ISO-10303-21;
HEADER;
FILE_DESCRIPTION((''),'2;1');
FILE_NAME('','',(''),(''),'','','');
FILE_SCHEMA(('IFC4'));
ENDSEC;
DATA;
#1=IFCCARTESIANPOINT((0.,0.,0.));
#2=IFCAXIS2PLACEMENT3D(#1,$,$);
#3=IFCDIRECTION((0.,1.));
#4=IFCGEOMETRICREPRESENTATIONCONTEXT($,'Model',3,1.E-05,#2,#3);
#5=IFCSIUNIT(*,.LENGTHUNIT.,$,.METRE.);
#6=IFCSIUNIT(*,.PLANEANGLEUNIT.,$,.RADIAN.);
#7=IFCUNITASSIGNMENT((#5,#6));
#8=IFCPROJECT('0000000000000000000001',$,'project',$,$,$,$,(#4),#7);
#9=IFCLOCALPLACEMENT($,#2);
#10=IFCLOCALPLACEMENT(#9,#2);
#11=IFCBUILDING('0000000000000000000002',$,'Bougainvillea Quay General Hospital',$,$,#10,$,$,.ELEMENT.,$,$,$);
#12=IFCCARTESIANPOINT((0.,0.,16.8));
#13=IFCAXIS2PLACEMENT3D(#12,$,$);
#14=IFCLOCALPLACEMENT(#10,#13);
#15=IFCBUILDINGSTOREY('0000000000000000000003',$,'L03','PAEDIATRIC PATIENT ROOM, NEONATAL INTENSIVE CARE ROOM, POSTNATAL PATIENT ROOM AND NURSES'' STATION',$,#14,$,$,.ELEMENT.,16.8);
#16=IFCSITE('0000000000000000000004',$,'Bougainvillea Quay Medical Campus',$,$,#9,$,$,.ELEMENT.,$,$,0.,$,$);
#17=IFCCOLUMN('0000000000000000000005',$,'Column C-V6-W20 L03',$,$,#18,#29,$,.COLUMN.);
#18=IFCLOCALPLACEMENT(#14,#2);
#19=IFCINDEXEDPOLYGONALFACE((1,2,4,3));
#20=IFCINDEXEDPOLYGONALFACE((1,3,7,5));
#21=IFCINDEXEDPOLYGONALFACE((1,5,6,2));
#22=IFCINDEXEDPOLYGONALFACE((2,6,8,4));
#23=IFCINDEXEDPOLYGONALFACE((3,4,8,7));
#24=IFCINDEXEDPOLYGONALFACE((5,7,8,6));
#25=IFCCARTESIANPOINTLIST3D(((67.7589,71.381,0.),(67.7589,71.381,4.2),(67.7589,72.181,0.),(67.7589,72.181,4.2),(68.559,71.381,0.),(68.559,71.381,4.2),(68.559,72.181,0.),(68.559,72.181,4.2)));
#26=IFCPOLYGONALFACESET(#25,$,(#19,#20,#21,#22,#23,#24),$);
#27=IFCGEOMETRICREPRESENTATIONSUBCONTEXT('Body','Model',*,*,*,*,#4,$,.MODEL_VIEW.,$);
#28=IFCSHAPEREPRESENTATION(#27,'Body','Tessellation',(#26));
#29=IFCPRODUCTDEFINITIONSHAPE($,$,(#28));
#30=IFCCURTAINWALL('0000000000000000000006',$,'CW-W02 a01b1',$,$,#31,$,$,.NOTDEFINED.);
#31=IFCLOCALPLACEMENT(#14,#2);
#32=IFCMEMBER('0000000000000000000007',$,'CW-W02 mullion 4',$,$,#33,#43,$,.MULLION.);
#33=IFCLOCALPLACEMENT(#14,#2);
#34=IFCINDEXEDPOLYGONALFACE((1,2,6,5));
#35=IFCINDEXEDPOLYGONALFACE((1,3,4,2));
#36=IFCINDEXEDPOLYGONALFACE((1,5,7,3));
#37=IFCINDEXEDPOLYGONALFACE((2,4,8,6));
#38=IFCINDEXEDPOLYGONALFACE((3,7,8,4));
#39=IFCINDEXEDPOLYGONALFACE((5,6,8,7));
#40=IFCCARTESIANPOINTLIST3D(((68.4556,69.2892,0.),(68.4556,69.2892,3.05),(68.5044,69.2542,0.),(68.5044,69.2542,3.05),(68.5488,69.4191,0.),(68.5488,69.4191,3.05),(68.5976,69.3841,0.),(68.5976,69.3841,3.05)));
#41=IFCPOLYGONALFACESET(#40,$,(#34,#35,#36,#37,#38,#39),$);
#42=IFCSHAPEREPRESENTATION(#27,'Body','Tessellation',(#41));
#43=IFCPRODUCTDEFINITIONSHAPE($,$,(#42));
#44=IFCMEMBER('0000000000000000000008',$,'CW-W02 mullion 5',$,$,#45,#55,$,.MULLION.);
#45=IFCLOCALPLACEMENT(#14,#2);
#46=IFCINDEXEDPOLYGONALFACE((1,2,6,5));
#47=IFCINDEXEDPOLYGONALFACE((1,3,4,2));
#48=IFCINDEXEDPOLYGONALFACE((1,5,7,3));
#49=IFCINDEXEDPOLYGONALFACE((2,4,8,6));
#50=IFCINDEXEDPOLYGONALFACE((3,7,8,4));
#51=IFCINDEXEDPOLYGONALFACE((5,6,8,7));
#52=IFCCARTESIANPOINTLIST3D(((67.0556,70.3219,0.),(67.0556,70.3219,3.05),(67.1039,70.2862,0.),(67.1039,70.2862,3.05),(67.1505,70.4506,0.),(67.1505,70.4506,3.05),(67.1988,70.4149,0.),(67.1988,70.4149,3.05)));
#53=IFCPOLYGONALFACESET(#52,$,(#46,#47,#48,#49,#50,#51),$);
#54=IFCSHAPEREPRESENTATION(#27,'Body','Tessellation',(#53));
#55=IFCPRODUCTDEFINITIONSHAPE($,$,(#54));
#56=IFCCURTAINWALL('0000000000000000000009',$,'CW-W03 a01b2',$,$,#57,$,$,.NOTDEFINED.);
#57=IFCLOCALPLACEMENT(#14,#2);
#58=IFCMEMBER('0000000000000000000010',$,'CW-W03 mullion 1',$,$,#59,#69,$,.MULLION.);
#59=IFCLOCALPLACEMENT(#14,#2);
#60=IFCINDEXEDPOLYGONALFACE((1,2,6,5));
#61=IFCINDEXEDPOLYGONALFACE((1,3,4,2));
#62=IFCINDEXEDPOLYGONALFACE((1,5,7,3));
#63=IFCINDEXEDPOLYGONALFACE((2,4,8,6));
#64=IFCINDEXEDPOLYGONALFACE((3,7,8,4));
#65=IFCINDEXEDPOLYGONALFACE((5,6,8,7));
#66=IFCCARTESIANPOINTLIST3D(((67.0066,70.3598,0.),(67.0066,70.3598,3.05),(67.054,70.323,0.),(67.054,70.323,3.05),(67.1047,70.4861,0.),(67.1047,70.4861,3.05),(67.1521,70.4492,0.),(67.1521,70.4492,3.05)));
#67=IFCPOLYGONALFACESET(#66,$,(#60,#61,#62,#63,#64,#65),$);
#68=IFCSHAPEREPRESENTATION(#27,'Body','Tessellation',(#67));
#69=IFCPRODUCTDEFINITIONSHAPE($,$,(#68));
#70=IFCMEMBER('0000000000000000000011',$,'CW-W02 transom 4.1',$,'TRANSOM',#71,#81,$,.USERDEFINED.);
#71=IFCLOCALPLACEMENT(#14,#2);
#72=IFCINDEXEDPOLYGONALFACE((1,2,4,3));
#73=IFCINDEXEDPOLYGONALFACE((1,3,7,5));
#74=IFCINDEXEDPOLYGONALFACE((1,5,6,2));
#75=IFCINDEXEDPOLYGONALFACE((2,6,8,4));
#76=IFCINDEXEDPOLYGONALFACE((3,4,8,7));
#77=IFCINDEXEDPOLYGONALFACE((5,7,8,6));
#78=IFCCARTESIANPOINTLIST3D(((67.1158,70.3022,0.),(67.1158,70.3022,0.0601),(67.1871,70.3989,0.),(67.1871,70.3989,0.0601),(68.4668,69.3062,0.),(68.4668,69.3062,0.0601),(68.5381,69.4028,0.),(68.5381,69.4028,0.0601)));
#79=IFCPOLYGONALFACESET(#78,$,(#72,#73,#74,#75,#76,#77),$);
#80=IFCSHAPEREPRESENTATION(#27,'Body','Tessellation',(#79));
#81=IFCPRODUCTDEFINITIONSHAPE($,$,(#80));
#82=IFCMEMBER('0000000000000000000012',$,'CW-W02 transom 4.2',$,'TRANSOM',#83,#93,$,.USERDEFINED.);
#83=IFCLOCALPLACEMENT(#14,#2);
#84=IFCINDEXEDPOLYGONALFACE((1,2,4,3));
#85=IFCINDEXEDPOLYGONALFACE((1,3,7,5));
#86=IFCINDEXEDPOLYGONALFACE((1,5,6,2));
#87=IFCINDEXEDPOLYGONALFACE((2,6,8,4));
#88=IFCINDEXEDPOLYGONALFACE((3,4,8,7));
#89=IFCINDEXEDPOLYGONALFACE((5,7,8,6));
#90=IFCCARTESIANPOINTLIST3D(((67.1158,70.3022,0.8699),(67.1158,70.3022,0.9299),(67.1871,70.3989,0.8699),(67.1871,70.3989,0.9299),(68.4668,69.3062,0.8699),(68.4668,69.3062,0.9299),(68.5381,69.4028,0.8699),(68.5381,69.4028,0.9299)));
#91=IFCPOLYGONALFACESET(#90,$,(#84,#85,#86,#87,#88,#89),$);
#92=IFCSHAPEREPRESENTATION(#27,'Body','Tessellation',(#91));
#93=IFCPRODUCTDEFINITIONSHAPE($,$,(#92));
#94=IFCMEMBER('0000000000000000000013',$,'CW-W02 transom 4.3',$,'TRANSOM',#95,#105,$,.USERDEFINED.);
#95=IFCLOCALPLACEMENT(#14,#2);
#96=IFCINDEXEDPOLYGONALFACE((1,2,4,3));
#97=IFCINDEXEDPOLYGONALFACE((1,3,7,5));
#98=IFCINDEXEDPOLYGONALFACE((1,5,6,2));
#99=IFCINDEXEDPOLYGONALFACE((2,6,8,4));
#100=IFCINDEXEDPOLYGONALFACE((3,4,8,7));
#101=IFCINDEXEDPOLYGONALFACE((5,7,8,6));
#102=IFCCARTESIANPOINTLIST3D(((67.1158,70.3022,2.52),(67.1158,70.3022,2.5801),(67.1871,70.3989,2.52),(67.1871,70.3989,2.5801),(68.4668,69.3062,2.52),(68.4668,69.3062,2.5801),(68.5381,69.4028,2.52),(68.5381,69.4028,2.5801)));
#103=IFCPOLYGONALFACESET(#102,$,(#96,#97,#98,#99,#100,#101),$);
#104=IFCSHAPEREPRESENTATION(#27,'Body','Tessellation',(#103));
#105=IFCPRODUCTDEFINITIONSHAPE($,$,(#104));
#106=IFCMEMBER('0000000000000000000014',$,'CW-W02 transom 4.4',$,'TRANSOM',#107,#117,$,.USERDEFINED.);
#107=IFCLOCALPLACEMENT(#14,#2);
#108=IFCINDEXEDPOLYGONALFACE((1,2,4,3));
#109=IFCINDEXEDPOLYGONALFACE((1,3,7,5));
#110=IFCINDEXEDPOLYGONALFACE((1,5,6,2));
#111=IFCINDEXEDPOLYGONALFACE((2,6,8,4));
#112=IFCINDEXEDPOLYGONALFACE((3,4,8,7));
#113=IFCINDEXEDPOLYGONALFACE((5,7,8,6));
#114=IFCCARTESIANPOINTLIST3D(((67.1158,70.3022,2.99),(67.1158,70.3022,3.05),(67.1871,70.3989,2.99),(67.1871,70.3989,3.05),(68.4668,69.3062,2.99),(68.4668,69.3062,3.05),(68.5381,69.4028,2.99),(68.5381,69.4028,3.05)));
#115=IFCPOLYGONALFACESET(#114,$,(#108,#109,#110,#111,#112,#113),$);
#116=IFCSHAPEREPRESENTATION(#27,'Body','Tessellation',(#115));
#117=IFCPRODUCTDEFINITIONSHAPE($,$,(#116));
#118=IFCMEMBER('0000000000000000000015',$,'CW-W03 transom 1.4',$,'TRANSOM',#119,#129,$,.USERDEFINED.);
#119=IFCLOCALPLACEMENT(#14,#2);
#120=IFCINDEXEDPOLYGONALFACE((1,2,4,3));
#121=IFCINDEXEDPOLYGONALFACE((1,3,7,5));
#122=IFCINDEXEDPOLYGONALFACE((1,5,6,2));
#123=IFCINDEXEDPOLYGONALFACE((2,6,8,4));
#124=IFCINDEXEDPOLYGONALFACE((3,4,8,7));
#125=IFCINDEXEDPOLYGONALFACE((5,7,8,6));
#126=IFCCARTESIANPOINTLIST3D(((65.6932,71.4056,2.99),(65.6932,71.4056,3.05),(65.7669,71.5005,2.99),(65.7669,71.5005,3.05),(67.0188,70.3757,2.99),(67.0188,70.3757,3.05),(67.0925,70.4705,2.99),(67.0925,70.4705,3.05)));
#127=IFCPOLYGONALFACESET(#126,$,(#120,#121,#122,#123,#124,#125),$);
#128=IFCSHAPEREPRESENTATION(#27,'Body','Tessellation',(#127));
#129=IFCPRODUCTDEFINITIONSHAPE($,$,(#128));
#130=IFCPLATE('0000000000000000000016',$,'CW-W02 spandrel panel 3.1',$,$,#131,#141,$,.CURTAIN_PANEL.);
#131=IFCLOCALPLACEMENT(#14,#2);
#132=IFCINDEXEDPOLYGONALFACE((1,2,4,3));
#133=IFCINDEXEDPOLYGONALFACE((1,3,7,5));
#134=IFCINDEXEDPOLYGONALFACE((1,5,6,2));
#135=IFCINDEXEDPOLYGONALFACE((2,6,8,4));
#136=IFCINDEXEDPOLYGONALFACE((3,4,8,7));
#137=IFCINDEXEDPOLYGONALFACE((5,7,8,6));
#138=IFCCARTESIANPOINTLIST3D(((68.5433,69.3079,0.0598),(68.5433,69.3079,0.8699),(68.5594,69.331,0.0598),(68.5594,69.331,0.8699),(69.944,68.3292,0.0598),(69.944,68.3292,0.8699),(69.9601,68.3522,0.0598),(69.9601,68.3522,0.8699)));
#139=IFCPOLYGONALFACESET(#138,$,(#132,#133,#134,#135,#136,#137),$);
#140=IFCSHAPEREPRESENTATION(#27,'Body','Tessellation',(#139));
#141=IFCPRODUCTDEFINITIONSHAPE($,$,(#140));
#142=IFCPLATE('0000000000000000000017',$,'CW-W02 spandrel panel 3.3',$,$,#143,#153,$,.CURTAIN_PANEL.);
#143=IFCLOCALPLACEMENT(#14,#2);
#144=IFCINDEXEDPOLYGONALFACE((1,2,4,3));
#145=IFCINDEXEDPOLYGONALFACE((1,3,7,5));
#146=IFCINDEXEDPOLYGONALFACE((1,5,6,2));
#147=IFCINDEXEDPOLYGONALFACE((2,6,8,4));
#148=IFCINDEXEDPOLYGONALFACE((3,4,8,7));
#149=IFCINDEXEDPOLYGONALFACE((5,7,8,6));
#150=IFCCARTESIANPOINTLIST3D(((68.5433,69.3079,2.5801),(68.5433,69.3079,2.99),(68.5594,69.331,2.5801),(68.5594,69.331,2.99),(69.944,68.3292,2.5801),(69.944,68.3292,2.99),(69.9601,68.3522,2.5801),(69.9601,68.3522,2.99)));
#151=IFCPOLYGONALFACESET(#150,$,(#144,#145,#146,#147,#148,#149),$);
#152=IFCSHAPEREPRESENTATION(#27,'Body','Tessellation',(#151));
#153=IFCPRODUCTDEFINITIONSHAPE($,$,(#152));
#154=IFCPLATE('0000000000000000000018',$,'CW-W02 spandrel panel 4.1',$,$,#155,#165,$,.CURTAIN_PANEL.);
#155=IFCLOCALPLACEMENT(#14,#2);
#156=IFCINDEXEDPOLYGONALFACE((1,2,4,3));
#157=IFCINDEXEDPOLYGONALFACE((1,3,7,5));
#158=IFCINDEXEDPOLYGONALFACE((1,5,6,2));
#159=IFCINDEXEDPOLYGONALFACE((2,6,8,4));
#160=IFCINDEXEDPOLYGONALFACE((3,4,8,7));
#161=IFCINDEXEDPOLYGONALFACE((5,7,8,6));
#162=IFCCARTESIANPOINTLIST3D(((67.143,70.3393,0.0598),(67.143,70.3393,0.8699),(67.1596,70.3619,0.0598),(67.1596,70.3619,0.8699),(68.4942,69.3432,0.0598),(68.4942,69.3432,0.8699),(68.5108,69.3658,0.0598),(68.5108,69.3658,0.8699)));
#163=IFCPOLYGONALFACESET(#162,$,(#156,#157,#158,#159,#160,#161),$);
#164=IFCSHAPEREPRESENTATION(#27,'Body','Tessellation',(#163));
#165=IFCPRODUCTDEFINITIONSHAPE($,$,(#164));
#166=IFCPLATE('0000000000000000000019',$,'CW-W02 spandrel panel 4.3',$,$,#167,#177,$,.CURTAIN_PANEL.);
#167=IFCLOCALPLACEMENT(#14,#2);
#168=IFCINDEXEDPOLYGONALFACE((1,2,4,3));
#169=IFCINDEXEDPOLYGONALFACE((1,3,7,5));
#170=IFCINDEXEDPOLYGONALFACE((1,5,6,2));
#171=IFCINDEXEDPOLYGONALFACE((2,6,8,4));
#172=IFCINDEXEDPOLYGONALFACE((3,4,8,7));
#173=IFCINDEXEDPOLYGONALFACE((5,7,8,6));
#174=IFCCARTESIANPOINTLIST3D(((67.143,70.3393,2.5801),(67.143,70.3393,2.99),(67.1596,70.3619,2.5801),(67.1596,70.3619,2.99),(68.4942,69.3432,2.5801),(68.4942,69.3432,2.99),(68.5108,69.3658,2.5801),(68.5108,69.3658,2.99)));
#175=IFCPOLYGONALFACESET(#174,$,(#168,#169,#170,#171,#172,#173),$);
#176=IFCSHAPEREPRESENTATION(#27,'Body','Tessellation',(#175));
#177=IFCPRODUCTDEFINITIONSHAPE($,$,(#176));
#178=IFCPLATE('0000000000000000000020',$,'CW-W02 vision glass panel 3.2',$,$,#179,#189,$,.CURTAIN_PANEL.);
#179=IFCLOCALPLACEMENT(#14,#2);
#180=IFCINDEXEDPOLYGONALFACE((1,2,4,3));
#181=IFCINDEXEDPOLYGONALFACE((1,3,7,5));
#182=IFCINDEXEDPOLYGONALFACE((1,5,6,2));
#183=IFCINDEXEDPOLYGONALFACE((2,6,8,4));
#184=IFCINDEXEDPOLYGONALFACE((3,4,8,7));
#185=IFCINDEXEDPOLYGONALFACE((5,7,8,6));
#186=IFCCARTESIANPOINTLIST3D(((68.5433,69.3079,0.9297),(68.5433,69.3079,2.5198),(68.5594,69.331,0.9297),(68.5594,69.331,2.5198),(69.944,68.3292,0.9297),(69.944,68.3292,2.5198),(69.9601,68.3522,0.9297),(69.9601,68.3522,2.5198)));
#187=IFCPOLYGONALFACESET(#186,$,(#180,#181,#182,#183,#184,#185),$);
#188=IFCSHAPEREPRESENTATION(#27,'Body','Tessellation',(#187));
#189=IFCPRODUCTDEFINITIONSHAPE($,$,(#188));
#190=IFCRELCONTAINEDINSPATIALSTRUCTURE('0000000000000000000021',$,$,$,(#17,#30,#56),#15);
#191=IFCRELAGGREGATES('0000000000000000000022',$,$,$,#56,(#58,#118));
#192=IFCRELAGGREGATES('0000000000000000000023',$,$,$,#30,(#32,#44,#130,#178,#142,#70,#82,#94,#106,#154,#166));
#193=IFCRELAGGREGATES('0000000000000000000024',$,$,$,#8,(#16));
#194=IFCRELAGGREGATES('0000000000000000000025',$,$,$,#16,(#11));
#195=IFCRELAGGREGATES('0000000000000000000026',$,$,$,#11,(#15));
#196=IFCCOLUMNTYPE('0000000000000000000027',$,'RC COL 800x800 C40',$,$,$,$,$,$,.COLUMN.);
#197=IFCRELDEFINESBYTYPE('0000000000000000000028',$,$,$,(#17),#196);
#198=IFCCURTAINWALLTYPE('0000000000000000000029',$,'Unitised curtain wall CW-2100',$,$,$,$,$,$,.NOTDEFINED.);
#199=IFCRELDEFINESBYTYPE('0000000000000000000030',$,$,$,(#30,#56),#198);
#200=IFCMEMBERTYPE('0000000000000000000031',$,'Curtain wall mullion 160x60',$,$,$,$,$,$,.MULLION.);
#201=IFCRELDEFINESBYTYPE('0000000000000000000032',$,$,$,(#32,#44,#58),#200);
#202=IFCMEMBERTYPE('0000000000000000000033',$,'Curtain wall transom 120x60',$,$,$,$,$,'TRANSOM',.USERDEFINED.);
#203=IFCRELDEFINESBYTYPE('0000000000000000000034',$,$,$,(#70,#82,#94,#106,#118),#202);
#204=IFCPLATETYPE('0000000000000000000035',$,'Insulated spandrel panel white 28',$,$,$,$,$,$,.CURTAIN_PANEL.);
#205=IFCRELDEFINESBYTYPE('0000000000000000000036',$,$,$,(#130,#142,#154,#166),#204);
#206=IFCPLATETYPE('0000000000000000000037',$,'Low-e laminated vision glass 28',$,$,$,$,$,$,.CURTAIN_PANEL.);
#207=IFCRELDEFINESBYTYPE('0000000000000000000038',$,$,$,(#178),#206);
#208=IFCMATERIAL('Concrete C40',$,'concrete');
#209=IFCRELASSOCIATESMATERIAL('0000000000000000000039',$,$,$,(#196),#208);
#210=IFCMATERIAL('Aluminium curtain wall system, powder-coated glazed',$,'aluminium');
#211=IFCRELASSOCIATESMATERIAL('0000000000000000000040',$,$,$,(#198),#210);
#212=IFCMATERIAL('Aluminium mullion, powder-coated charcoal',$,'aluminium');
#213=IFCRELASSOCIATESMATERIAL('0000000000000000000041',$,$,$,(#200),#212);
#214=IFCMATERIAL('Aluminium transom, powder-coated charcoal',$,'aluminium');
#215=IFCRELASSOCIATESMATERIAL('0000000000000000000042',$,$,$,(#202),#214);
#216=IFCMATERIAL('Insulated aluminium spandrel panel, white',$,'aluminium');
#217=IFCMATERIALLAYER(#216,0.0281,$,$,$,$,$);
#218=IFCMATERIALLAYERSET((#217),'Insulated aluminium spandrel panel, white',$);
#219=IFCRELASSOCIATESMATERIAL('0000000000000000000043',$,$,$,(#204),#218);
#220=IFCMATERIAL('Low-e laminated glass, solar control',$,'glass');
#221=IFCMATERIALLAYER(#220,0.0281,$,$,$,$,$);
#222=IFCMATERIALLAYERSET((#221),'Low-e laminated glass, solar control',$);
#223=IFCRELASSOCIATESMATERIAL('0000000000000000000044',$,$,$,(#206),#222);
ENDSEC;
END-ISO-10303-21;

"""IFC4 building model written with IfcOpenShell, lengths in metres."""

from ifc_helpers import new_model, si_unit, direction, frame, origin, origin_2d, place, context, subcontext, project, spatial, rectangle, extrude, material, layer, layer_set, material_profile, profile_set, type_object, element, aggregate, save


model = new_model("IFC4")

# Units and contexts
model_context = context("Model", 3, precision=1e-05, world=origin(), true_north=direction((0.0, 1.0)))
body_context = subcontext(model_context, "Body", "Model", "MODEL_VIEW")
ifc_project = project(units=[si_unit("LENGTHUNIT", "METRE"), si_unit("PLANEANGLEUNIT", "RADIAN")], contexts=[model_context])

# Site, building, storey
site_placement = place(None, origin())
site = spatial("IfcSite", under=ifc_project, at=site_placement, Name="Bougainvillea Quay Medical Campus", CompositionType="ELEMENT", RefElevation=0.0)
building_placement = place(site_placement, origin())
building = spatial("IfcBuilding", under=site, at=building_placement, Name="Bougainvillea Quay General Hospital", CompositionType="ELEMENT")
storey_placement = place(building_placement, frame((0.0, 0.0, 16.8)))
storey = spatial("IfcBuildingStorey", under=building, at=storey_placement, Name="L03", Description="PAEDIATRIC PATIENT ROOM, NEONATAL INTENSIVE CARE ROOM, POSTNATAL PATIENT ROOM AND NURSES' STATION", CompositionType="ELEMENT", Elevation=16.8)

# Column
ifc_material_1 = material(Name="Concrete C40", Category="concrete")
ifc_material_profile_1 = material_profile(ifc_material_1, rectangle(XDim=0.8, YDim=0.8, at=origin_2d()))
ifc_profile_set_1 = profile_set([ifc_material_profile_1], Name="Concrete C40")
column_type = type_object("IfcColumnType", Name="RC COL 800x800 C40", PredefinedType="COLUMN", material=ifc_profile_set_1)
column_placement = place(storey_placement, frame((68.1589, 71.781, 0.0), z_axis=(0.0, 0.0, 1.0), x_axis=(1.0, 0.0, 0.0)))
element("IfcColumn", 1, at=column_placement, inside=storey, type_object=column_type, Name="Column C-V6-W20 L03", PredefinedType="COLUMN", context=body_context, shape_type="SweptSolid", body=[
    extrude(rectangle(XDim=0.8, YDim=0.8, at=origin_2d()), origin(), (0.0, 0.0, 1.0), 4.2),
])

# Curtain wall, members
ifc_material_2 = material(Name="Aluminium curtain wall system, powder-coated glazed", Category="aluminium")
curtain_wall_type = type_object("IfcCurtainWallType", Name="Unitised curtain wall CW-2100", PredefinedType="NOTDEFINED", material=ifc_material_2)
curtain_wall_1_placement = place(storey_placement, origin())
curtain_wall_1 = element("IfcCurtainWall", 2, at=curtain_wall_1_placement, inside=storey, type_object=curtain_wall_type, Name="CW-W02 a01b1", PredefinedType="NOTDEFINED")
ifc_material_3 = material(Name="Aluminium mullion, powder-coated charcoal", Category="aluminium")
ifc_material_profile_2 = material_profile(ifc_material_3, rectangle(XDim=0.1599, YDim=0.0601, at=origin_2d()))
ifc_profile_set_2 = profile_set([ifc_material_profile_2], Name="Aluminium mullion, powder-coated charcoal")
member_type_1 = type_object("IfcMemberType", Name="Curtain wall mullion 160x60", PredefinedType="MULLION", material=ifc_profile_set_2)
member_1_placement = place(storey_placement, frame((68.5266, 69.3367, 0.0), z_axis=(0.0, 0.0, 1.0), x_axis=(-0.58313, -0.812379, 0.0)))
member_1 = element("IfcMember", 3, at=member_1_placement, type_object=member_type_1, Name="CW-W02 mullion 4", PredefinedType="MULLION", context=body_context, shape_type="SweptSolid", body=[
    extrude(rectangle(XDim=0.1599, YDim=0.0601, at=origin_2d()), origin(), (0.0, 0.0, 1.0), 3.05),
])
member_2_placement = place(storey_placement, frame((67.1272, 70.3684, 0.0), z_axis=(0.0, 0.0, 1.0), x_axis=(-0.593384, -0.80492, 0.0)))
member_2 = element("IfcMember", 4, at=member_2_placement, type_object=member_type_1, Name="CW-W02 mullion 5", PredefinedType="MULLION", context=body_context, shape_type="SweptSolid", body=[
    extrude(rectangle(XDim=0.1599, YDim=0.0601, at=origin_2d()), origin(), (0.0, 0.0, 1.0), 3.05),
])

# Curtain wall, member
curtain_wall_2_placement = place(storey_placement, origin())
curtain_wall_2 = element("IfcCurtainWall", 5, at=curtain_wall_2_placement, inside=storey, type_object=curtain_wall_type, Name="CW-W03 a01b2", PredefinedType="NOTDEFINED")
member_3_placement = place(storey_placement, frame((67.0793, 70.4045, 0.0), z_axis=(0.0, 0.0, 1.0), x_axis=(-0.613603, -0.789614, 0.0)))
member_3 = element("IfcMember", 6, at=member_3_placement, type_object=member_type_1, Name="CW-W03 mullion 1", PredefinedType="MULLION", context=body_context, shape_type="SweptSolid", body=[
    extrude(rectangle(XDim=0.1599, YDim=0.0601, at=origin_2d()), origin(), (0.0, 0.0, 1.0), 3.05),
])

# Members
ifc_material_4 = material(Name="Aluminium transom, powder-coated charcoal", Category="aluminium")
ifc_material_profile_3 = material_profile(ifc_material_4, rectangle(XDim=0.1201, YDim=0.0601, at=origin_2d()))
ifc_profile_set_3 = profile_set([ifc_material_profile_3], Name="Aluminium transom, powder-coated charcoal")
member_type_2 = type_object("IfcMemberType", Name="Curtain wall transom 120x60", ElementType="TRANSOM", PredefinedType="USERDEFINED", material=ifc_profile_set_3)
member_4_placement = place(storey_placement, frame((68.5024, 69.3545, 0.03), z_axis=(-0.804895, 0.593417, 0.0), x_axis=(-0.593417, -0.804895, 0.0)))
member_4 = element("IfcMember", 7, at=member_4_placement, type_object=member_type_2, Name="CW-W02 transom 4.1", ObjectType="TRANSOM", PredefinedType="USERDEFINED", context=body_context, shape_type="SweptSolid", body=[
    extrude(rectangle(XDim=0.1201, YDim=0.0601, at=origin_2d()), origin(), (0.0, 0.0, 1.0), 1.6785),
])
member_5_placement = place(storey_placement, frame((68.5024, 69.3545, 0.8999), z_axis=(-0.804895, 0.593417, 0.0), x_axis=(-0.593417, -0.804895, 0.0)))
member_5 = element("IfcMember", 8, at=member_5_placement, type_object=member_type_2, Name="CW-W02 transom 4.2", ObjectType="TRANSOM", PredefinedType="USERDEFINED", context=body_context, shape_type="SweptSolid", body=[
    extrude(rectangle(XDim=0.1201, YDim=0.0601, at=origin_2d()), origin(), (0.0, 0.0, 1.0), 1.6785),
])
member_6_placement = place(storey_placement, frame((68.5024, 69.3545, 2.55), z_axis=(-0.804895, 0.593417, 0.0), x_axis=(-0.593417, -0.804895, 0.0)))
member_6 = element("IfcMember", 9, at=member_6_placement, type_object=member_type_2, Name="CW-W02 transom 4.3", ObjectType="TRANSOM", PredefinedType="USERDEFINED", context=body_context, shape_type="SweptSolid", body=[
    extrude(rectangle(XDim=0.1201, YDim=0.0601, at=origin_2d()), origin(), (0.0, 0.0, 1.0), 1.6785),
])
member_7_placement = place(storey_placement, frame((68.5024, 69.3545, 3.02), z_axis=(-0.804895, 0.593417, 0.0), x_axis=(-0.593417, -0.804895, 0.0)))
member_7 = element("IfcMember", 10, at=member_7_placement, type_object=member_type_2, Name="CW-W02 transom 4.4", ObjectType="TRANSOM", PredefinedType="USERDEFINED", context=body_context, shape_type="SweptSolid", body=[
    extrude(rectangle(XDim=0.1201, YDim=0.0601, at=origin_2d()), origin(), (0.0, 0.0, 1.0), 1.6785),
])
member_8_placement = place(storey_placement, frame((67.0557, 70.4231, 3.02), z_axis=(-0.789658, 0.613548, 0.0), x_axis=(-0.613548, -0.789658, 0.0)))
member_8 = element("IfcMember", 11, at=member_8_placement, type_object=member_type_2, Name="CW-W03 transom 1.4", ObjectType="TRANSOM", PredefinedType="USERDEFINED", context=body_context, shape_type="SweptSolid", body=[
    extrude(rectangle(XDim=0.1201, YDim=0.0601, at=origin_2d()), origin(), (0.0, 0.0, 1.0), 1.6787),
])
aggregate(curtain_wall_2, [member_3, member_8])

# Plates
ifc_material_5 = material(Name="Insulated aluminium spandrel panel, white", Category="aluminium")
ifc_layer_1 = layer(ifc_material_5, 0.0281)
ifc_layer_set_1 = layer_set([ifc_layer_1], Name="Insulated aluminium spandrel panel, white")
plate_type_1 = type_object("IfcPlateType", Name="Insulated spandrel panel white 28", PredefinedType="CURTAIN_PANEL", material=ifc_layer_set_1)
plate_1_placement = place(storey_placement, frame((69.2517, 68.8301, 0.0598), z_axis=(0.0, 0.0, 1.0), x_axis=(-0.819707, 0.572783, 0.0)))
plate_1 = element("IfcPlate", 12, at=plate_1_placement, type_object=plate_type_1, Name="CW-W02 spandrel panel 3.1", PredefinedType="CURTAIN_PANEL", context=body_context, shape_type="SweptSolid", body=[
    extrude(rectangle(XDim=1.7087, YDim=0.0281, at=origin_2d()), origin(), (0.0, 0.0, 1.0), 0.8101),
])
plate_2_placement = place(storey_placement, frame((69.2517, 68.8301, 2.5801), z_axis=(0.0, 0.0, 1.0), x_axis=(-0.819707, 0.572783, 0.0)))
plate_2 = element("IfcPlate", 13, at=plate_2_placement, type_object=plate_type_1, Name="CW-W02 spandrel panel 3.3", PredefinedType="CURTAIN_PANEL", context=body_context, shape_type="SweptSolid", body=[
    extrude(rectangle(XDim=1.7087, YDim=0.0281, at=origin_2d()), origin(), (0.0, 0.0, 1.0), 0.4099),
])
plate_3_placement = place(storey_placement, frame((67.8269, 69.8525, 0.0598), z_axis=(0.0, 0.0, 1.0), x_axis=(-0.80492, 0.593384, 0.0)))
plate_3 = element("IfcPlate", 14, at=plate_3_placement, type_object=plate_type_1, Name="CW-W02 spandrel panel 4.1", PredefinedType="CURTAIN_PANEL", context=body_context, shape_type="SweptSolid", body=[
    extrude(rectangle(XDim=1.6787, YDim=0.0281, at=origin_2d()), origin(), (0.0, 0.0, 1.0), 0.8101),
])
plate_4_placement = place(storey_placement, frame((67.8269, 69.8525, 2.5801), z_axis=(0.0, 0.0, 1.0), x_axis=(-0.80492, 0.593384, 0.0)))
plate_4 = element("IfcPlate", 15, at=plate_4_placement, type_object=plate_type_1, Name="CW-W02 spandrel panel 4.3", PredefinedType="CURTAIN_PANEL", context=body_context, shape_type="SweptSolid", body=[
    extrude(rectangle(XDim=1.6787, YDim=0.0281, at=origin_2d()), origin(), (0.0, 0.0, 1.0), 0.4099),
])
ifc_material_6 = material(Name="Low-e laminated glass, solar control", Category="glass")
ifc_layer_2 = layer(ifc_material_6, 0.0281)
ifc_layer_set_2 = layer_set([ifc_layer_2], Name="Low-e laminated glass, solar control")
plate_type_2 = type_object("IfcPlateType", Name="Low-e laminated vision glass 28", PredefinedType="CURTAIN_PANEL", material=ifc_layer_set_2)
plate_5_placement = place(storey_placement, frame((69.2517, 68.8301, 0.9297), z_axis=(0.0, 0.0, 1.0), x_axis=(-0.819707, 0.572783, 0.0)))
plate_5 = element("IfcPlate", 16, at=plate_5_placement, type_object=plate_type_2, Name="CW-W02 vision glass panel 3.2", PredefinedType="CURTAIN_PANEL", context=body_context, shape_type="SweptSolid", body=[
    extrude(rectangle(XDim=1.7087, YDim=0.0281, at=origin_2d()), origin(), (0.0, 0.0, 1.0), 1.5901),
])
aggregate(curtain_wall_1, [member_1, member_2, plate_1, plate_5, plate_2, member_4, member_5, member_6, member_7, plate_3, plate_4])

save(model, "model.ifc")
